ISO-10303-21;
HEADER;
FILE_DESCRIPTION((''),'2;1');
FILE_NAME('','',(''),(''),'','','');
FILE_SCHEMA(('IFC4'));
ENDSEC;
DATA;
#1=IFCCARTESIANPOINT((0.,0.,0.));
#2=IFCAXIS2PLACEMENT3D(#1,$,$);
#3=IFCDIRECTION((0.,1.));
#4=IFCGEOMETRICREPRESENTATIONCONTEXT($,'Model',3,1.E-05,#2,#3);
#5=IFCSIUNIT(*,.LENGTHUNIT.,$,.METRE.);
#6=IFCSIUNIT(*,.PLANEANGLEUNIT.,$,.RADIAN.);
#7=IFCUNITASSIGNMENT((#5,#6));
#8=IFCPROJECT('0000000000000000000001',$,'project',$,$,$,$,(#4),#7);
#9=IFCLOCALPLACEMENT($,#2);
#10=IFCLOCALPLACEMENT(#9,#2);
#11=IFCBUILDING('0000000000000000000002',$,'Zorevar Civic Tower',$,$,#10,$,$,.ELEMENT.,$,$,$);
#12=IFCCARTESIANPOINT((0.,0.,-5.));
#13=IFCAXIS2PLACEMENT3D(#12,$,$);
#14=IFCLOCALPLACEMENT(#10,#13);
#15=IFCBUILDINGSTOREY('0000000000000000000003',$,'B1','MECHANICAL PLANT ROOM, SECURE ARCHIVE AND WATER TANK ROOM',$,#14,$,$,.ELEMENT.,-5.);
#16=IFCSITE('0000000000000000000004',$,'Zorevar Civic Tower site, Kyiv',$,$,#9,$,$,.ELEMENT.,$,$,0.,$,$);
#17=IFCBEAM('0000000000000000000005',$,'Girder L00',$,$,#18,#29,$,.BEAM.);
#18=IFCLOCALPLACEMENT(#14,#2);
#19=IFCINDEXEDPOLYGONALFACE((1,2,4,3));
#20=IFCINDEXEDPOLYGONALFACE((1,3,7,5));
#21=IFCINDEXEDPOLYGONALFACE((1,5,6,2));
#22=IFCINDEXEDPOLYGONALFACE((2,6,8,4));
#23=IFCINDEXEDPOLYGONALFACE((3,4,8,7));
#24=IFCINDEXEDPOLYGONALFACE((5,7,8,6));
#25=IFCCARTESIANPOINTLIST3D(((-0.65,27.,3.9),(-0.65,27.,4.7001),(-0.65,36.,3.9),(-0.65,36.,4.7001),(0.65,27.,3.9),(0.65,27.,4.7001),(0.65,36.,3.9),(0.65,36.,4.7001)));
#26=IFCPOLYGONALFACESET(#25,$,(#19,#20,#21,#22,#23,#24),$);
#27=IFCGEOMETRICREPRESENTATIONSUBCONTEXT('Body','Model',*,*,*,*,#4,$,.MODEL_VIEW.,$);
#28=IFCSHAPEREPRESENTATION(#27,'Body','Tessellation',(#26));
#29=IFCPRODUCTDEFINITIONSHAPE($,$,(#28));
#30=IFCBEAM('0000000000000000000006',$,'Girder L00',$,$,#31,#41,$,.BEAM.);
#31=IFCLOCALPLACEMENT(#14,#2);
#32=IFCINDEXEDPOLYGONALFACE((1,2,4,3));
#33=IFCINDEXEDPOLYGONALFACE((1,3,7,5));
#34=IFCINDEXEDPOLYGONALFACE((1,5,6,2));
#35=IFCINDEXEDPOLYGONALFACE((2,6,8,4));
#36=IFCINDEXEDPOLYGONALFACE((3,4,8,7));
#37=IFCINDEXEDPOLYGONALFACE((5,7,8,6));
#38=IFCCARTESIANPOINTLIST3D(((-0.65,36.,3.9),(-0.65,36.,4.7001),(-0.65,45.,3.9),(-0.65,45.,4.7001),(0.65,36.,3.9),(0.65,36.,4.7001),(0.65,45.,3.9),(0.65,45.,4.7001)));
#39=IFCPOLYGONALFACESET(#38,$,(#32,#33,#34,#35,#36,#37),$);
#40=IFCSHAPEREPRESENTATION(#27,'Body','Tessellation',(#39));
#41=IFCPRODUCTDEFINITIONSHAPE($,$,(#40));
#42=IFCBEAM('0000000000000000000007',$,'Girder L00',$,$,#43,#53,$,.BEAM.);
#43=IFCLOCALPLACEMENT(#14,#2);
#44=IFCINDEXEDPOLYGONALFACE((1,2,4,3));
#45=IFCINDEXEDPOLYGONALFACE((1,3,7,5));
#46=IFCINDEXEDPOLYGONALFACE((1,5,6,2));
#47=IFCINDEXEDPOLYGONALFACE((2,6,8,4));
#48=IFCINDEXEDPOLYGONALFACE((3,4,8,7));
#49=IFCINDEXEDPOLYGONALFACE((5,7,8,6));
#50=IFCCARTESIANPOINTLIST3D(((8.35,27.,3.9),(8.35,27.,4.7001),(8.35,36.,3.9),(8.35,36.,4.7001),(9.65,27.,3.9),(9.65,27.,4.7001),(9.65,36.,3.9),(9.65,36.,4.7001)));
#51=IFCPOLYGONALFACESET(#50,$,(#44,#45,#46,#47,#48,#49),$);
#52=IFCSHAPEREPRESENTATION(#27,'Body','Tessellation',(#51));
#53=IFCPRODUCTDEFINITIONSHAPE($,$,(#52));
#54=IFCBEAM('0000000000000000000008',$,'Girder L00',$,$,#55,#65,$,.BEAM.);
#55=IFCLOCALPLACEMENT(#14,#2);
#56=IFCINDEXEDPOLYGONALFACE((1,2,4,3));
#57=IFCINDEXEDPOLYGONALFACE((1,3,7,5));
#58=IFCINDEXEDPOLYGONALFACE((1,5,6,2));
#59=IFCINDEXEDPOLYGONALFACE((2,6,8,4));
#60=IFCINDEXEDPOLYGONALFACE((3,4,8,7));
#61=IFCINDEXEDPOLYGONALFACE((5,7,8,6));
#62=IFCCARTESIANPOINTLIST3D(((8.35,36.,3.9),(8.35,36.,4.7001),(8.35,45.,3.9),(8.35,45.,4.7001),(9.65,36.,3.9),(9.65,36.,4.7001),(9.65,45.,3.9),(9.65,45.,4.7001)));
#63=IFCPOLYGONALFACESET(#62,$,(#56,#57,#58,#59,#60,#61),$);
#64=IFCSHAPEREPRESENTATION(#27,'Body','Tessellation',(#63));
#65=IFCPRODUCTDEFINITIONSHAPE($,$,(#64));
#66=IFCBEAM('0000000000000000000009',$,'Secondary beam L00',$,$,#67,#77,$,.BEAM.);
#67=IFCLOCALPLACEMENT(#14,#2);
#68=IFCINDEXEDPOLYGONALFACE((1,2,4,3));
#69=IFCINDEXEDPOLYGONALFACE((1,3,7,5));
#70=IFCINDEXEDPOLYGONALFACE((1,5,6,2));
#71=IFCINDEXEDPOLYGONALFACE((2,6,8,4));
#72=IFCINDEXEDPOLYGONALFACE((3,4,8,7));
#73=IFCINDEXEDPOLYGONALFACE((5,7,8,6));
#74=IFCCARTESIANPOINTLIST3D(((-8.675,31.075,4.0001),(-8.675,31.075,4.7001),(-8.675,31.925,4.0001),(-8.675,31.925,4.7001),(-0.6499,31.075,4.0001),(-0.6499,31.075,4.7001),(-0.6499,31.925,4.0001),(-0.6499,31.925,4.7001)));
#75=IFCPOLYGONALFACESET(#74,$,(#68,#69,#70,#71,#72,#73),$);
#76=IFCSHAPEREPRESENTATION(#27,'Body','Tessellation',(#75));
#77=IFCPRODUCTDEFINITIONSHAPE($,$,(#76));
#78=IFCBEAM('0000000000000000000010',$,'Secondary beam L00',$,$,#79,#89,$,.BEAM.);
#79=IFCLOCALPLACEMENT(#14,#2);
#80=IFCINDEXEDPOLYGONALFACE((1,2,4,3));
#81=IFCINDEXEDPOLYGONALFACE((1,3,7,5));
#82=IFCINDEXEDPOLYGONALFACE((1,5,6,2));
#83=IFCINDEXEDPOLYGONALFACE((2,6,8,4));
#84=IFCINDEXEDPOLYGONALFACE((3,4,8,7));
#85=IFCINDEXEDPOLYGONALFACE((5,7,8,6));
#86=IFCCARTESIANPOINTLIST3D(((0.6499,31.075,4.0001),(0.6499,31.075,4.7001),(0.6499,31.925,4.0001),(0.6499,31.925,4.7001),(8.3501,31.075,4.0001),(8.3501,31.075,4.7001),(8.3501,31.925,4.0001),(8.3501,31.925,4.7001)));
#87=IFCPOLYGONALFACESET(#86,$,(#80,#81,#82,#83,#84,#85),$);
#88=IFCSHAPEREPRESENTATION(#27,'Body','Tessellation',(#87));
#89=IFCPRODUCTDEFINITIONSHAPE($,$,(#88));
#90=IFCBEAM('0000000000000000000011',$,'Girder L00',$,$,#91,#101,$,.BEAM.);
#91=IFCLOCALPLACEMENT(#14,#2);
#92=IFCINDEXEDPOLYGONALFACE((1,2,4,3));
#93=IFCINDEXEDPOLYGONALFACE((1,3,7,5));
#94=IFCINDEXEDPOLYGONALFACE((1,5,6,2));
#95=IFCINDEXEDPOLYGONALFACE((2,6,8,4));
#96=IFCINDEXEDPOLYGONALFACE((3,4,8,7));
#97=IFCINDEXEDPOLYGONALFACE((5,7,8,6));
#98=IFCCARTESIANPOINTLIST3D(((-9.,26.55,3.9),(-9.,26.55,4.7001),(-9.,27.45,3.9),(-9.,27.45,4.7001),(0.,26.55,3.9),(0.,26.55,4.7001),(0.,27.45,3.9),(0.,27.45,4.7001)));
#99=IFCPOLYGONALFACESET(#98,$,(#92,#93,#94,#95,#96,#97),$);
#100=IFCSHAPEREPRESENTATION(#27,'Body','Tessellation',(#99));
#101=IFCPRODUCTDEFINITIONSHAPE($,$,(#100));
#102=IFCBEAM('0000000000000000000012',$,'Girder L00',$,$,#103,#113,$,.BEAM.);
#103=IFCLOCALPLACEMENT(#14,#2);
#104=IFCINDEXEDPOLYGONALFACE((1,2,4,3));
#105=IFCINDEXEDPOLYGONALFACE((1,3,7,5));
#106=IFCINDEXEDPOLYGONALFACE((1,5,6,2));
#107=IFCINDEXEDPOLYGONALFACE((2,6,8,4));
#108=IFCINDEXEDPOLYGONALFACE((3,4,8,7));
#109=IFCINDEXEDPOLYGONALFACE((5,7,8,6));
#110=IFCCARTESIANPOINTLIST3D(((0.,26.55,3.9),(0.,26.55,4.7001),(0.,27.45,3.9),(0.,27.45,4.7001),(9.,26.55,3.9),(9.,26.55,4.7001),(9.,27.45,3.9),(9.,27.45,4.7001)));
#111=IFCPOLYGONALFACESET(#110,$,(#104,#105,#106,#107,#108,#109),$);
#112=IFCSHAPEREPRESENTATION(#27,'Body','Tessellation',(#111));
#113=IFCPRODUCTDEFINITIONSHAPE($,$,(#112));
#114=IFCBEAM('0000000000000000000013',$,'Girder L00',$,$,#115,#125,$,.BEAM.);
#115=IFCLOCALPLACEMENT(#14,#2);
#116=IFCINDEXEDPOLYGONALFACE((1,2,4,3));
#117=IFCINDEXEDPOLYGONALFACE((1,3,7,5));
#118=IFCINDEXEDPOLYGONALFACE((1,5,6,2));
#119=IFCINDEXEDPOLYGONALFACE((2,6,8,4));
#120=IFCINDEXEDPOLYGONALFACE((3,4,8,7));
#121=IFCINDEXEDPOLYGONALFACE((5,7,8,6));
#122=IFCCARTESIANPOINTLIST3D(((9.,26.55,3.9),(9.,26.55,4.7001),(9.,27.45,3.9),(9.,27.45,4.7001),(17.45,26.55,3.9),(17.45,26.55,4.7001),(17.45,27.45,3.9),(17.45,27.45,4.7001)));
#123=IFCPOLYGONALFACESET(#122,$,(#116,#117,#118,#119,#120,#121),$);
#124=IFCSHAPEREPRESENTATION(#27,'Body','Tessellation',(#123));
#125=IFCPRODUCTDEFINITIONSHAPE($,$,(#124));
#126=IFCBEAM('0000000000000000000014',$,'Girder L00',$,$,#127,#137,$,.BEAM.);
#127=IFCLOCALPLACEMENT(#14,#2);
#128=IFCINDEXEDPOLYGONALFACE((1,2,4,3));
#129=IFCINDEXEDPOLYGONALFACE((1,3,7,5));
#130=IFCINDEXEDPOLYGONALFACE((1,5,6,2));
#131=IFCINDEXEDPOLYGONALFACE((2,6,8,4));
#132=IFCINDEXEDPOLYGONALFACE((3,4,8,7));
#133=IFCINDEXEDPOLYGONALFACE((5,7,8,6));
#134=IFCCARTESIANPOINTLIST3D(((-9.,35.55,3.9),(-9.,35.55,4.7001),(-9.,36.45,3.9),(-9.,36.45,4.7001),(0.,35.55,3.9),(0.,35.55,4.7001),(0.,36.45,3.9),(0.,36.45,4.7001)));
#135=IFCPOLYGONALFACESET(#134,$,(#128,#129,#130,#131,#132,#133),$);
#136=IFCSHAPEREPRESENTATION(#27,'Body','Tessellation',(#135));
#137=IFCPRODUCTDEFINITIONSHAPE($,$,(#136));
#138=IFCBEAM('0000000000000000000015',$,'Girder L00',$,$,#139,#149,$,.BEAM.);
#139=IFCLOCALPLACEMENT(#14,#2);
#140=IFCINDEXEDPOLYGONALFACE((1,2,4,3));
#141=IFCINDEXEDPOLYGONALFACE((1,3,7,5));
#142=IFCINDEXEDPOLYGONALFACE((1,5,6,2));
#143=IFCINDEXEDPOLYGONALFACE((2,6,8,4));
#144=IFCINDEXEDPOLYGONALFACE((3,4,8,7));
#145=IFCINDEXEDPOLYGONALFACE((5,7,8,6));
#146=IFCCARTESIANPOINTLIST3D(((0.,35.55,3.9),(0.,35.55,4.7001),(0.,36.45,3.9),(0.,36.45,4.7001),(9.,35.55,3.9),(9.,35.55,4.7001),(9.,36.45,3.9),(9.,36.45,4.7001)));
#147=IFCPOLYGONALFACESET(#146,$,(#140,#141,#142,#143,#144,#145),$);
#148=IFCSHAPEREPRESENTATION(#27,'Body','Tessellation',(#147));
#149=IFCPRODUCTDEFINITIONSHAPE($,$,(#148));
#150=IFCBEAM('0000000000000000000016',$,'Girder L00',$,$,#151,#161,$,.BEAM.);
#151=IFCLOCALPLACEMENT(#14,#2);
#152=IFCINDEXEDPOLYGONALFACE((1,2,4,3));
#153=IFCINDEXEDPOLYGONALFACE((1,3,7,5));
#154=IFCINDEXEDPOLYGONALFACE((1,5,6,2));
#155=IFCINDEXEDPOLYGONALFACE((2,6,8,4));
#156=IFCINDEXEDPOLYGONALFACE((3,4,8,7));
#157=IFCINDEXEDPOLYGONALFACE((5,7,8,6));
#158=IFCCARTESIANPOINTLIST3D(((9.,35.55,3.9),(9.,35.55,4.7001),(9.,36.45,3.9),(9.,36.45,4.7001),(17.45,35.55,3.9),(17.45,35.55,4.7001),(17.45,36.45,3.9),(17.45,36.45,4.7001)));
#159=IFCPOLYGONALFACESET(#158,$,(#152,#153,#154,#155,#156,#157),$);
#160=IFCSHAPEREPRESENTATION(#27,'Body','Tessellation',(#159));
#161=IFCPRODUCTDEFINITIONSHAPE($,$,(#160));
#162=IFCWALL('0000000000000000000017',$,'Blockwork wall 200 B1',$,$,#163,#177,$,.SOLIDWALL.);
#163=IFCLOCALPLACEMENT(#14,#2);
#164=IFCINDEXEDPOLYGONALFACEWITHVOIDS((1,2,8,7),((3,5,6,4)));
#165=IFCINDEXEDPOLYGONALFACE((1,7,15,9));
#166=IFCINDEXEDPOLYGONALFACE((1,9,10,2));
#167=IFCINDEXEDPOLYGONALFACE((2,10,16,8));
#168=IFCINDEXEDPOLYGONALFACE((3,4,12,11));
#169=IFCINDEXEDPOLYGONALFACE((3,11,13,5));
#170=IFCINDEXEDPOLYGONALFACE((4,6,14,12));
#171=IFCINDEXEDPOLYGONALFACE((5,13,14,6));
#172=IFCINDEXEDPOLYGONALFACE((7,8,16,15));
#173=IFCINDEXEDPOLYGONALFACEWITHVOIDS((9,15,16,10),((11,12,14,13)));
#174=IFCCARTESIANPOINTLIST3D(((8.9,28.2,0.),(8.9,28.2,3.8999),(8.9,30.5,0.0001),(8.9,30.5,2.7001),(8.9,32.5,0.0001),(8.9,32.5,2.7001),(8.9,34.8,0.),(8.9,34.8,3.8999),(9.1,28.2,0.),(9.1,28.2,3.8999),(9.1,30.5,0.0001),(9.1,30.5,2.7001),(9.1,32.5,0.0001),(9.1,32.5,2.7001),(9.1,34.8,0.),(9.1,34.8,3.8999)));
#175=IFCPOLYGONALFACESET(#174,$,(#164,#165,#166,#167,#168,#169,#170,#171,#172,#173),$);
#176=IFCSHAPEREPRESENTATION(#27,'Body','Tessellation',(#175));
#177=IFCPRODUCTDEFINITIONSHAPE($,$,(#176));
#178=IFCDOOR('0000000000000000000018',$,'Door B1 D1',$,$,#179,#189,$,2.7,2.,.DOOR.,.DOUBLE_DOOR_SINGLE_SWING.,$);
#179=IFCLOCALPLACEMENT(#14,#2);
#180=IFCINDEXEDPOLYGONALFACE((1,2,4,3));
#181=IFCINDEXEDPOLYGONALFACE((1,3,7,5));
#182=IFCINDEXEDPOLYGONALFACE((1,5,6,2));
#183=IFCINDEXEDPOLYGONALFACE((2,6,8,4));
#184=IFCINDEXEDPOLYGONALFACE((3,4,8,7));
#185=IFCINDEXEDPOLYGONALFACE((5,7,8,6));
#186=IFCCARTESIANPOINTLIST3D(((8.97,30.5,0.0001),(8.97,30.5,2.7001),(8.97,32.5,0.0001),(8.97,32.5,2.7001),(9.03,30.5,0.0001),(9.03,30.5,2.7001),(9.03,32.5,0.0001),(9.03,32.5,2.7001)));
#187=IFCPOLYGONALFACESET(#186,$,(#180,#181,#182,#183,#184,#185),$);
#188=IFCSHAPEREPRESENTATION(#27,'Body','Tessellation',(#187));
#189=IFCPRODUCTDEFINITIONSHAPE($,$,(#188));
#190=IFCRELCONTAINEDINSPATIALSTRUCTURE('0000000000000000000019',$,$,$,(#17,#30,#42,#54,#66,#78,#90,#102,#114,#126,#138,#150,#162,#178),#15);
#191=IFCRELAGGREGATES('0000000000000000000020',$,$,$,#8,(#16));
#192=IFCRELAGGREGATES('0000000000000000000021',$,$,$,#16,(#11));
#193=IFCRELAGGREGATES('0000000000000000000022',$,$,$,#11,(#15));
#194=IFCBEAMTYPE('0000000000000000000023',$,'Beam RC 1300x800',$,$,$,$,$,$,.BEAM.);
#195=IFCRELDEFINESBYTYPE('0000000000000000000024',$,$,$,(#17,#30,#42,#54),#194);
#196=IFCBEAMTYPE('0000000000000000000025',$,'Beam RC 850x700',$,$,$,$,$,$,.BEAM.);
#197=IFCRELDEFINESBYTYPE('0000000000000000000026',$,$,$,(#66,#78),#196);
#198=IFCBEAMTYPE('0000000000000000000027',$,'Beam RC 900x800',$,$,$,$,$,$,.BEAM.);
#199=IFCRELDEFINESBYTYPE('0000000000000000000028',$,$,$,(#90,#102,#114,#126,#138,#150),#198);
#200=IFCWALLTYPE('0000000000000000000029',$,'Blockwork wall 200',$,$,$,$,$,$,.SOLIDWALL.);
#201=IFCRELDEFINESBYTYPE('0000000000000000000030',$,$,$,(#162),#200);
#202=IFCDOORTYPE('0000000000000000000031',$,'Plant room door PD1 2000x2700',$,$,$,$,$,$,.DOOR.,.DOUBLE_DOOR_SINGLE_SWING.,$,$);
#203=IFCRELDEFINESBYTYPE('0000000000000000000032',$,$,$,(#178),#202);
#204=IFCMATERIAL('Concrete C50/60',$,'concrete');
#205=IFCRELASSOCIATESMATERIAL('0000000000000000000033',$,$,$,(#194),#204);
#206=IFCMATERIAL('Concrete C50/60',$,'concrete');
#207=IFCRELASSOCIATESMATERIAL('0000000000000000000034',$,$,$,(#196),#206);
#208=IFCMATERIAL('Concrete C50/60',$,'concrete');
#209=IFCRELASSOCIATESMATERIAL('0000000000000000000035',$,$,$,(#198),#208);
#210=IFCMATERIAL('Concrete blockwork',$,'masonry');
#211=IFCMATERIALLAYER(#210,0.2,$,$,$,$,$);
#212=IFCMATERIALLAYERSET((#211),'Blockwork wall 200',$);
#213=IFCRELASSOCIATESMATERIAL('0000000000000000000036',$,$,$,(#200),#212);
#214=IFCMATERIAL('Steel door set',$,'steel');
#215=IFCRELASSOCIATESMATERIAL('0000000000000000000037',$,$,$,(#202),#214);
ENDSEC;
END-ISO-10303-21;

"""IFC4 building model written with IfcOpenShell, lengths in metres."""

from ifc_helpers import new_model, si_unit, direction, frame, frame_2d, origin, origin_2d, place, context, subcontext, project, spatial, rectangle, extrude, material, layer, layer_set, material_profile, profile_set, type_object, element, fill, save


model = new_model("IFC4")

# Units and contexts
model_context = context("Model", 3, precision=1e-05, world=origin(), true_north=direction((0.0, 1.0)))
body_context = subcontext(model_context, "Body", "Model", "MODEL_VIEW")
ifc_project = project(units=[si_unit("LENGTHUNIT", "METRE"), si_unit("PLANEANGLEUNIT", "RADIAN")], contexts=[model_context])

# Site, building, storey
site_placement = place(None, origin())
site = spatial("IfcSite", under=ifc_project, at=site_placement, Name="Zorevar Civic Tower site, Kyiv", CompositionType="ELEMENT", RefElevation=0.0)
building_placement = place(site_placement, origin())
building = spatial("IfcBuilding", under=site, at=building_placement, Name="Zorevar Civic Tower", CompositionType="ELEMENT")
storey_placement = place(building_placement, frame((0.0, 0.0, -5.0)))
storey = spatial("IfcBuildingStorey", under=building, at=storey_placement, Name="B1", Description="MECHANICAL PLANT ROOM, SECURE ARCHIVE AND WATER TANK ROOM", CompositionType="ELEMENT", Elevation=-5.0)

# Beams
ifc_material_1 = material(Name="Concrete C50/60", Category="concrete")
ifc_material_profile_1 = material_profile(ifc_material_1, rectangle(XDim=1.3, YDim=0.8, at=origin_2d()), Name="RC 1300x800")
ifc_profile_set_1 = profile_set([ifc_material_profile_1], Name="Concrete C50/60")
beam_type_1 = type_object("IfcBeamType", Name="Beam RC 1300x800", PredefinedType="BEAM", material=ifc_profile_set_1)
for number, where, z_axis, x_axis, name in (
    (1, (0.0, 27.0, 4.3), (0.0, 1.0, 0.0), (-1.0, 0.0, 0.0), "Girder L00"),
    (2, (0.0, 36.0, 4.3), (0.0, 1.0, 0.0), (-1.0, 0.0, 0.0), "Girder L00"),
    (3, (9.0, 27.0, 4.3), (0.0, 1.0, 0.0), (-1.0, 0.0, 0.0), "Girder L00"),
    (4, (9.0, 36.0, 4.3), (0.0, 1.0, 0.0), (-1.0, 0.0, 0.0), "Girder L00"),
):
    element("IfcBeam", number, at=place(storey_placement, frame(where, z_axis=z_axis, x_axis=x_axis)), inside=storey, type_object=beam_type_1, Name=name, PredefinedType="BEAM", context=body_context, shape_type="SweptSolid", body=[
        extrude(rectangle(XDim=1.3, YDim=0.8, at=origin_2d()), origin(), (0.0, 0.0, 1.0), 9.0),
    ])
ifc_material_2 = material(Name="Concrete C50/60", Category="concrete")
ifc_material_profile_2 = material_profile(ifc_material_2, rectangle(XDim=0.8501, YDim=0.7, at=origin_2d()), Name="RC 850x700")
ifc_profile_set_2 = profile_set([ifc_material_profile_2], Name="Concrete C50/60")
beam_type_2 = type_object("IfcBeamType", Name="Beam RC 850x700", PredefinedType="BEAM", material=ifc_profile_set_2)
beam_1_placement = place(storey_placement, frame((-8.675, 31.5, 4.3501), z_axis=(1.0, 0.0, 0.0), x_axis=(0.0, 1.0, 0.0)))
element("IfcBeam", 5, at=beam_1_placement, inside=storey, type_object=beam_type_2, Name="Secondary beam L00", PredefinedType="BEAM", context=body_context, shape_type="SweptSolid", body=[
    extrude(rectangle(XDim=0.8501, YDim=0.7, at=origin_2d()), origin(), (0.0, 0.0, 1.0), 8.0251),
])
beam_2_placement = place(storey_placement, frame((0.6499, 31.5, 4.3501), z_axis=(1.0, 0.0, 0.0), x_axis=(0.0, 1.0, 0.0)))
element("IfcBeam", 6, at=beam_2_placement, inside=storey, type_object=beam_type_2, Name="Secondary beam L00", PredefinedType="BEAM", context=body_context, shape_type="SweptSolid", body=[
    extrude(rectangle(XDim=0.8501, YDim=0.7, at=origin_2d()), origin(), (0.0, 0.0, 1.0), 7.7002),
])
ifc_material_3 = material(Name="Concrete C50/60", Category="concrete")
ifc_material_profile_3 = material_profile(ifc_material_3, rectangle(XDim=0.8999, YDim=0.8, at=origin_2d()), Name="RC 900x800")
ifc_profile_set_3 = profile_set([ifc_material_profile_3], Name="Concrete C50/60")
beam_type_3 = type_object("IfcBeamType", Name="Beam RC 900x800", PredefinedType="BEAM", material=ifc_profile_set_3)
for number, where, z_axis, x_axis, name in (
    (7, (-9.0, 27.0, 4.3), (1.0, 0.0, 0.0), (0.0, 1.0, 0.0), "Girder L00"),
    (8, (0.0, 27.0, 4.3), (1.0, 0.0, 0.0), (0.0, 1.0, 0.0), "Girder L00"),
):
    element("IfcBeam", number, at=place(storey_placement, frame(where, z_axis=z_axis, x_axis=x_axis)), inside=storey, type_object=beam_type_3, Name=name, PredefinedType="BEAM", context=body_context, shape_type="SweptSolid", body=[
        extrude(rectangle(XDim=0.8999, YDim=0.8, at=origin_2d()), origin(), (0.0, 0.0, 1.0), 9.0),
    ])
beam_3_placement = place(storey_placement, frame((9.0, 27.0, 4.3), z_axis=(1.0, 0.0, 0.0), x_axis=(0.0, 1.0, 0.0)))
element("IfcBeam", 9, at=beam_3_placement, inside=storey, type_object=beam_type_3, Name="Girder L00", PredefinedType="BEAM", context=body_context, shape_type="SweptSolid", body=[
    extrude(rectangle(XDim=0.8999, YDim=0.8, at=origin_2d()), origin(), (0.0, 0.0, 1.0), 8.45),
])
for number, where, z_axis, x_axis, name in (
    (10, (-9.0, 36.0, 4.3), (1.0, 0.0, 0.0), (0.0, 1.0, 0.0), "Girder L00"),
    (11, (0.0, 36.0, 4.3), (1.0, 0.0, 0.0), (0.0, 1.0, 0.0), "Girder L00"),
):
    element("IfcBeam", number, at=place(storey_placement, frame(where, z_axis=z_axis, x_axis=x_axis)), inside=storey, type_object=beam_type_3, Name=name, PredefinedType="BEAM", context=body_context, shape_type="SweptSolid", body=[
        extrude(rectangle(XDim=0.8999, YDim=0.8, at=origin_2d()), origin(), (0.0, 0.0, 1.0), 9.0),
    ])
beam_4_placement = place(storey_placement, frame((9.0, 36.0, 4.3), z_axis=(1.0, 0.0, 0.0), x_axis=(0.0, 1.0, 0.0)))
element("IfcBeam", 12, at=beam_4_placement, inside=storey, type_object=beam_type_3, Name="Girder L00", PredefinedType="BEAM", context=body_context, shape_type="SweptSolid", body=[
    extrude(rectangle(XDim=0.8999, YDim=0.8, at=origin_2d()), origin(), (0.0, 0.0, 1.0), 8.45),
])

# Wall, opening, door
ifc_material_4 = material(Name="Concrete blockwork", Category="masonry")
ifc_layer = layer(ifc_material_4, 0.2)
ifc_layer_set = layer_set([ifc_layer], Name="Blockwork wall 200")
wall_type = type_object("IfcWallType", Name="Blockwork wall 200", PredefinedType="SOLIDWALL", material=ifc_layer_set)
wall_placement = place(storey_placement, frame((9.0, 28.2, 0.0), z_axis=(0.0, 0.0, 1.0), x_axis=(0.0, 1.0, 0.0)))
wall = element("IfcWall", 13, at=wall_placement, inside=storey, type_object=wall_type, Name="Blockwork wall 200 B1", PredefinedType="SOLIDWALL", context=body_context, shape_type="SweptSolid", body=[
    extrude(rectangle(XDim=6.6001, YDim=0.2, at=frame_2d((3.3, 0.0))), origin(), (0.0, 0.0, 1.0), 3.8999),
])
opening_placement = place(wall_placement, frame((2.3, 0.0, 0.0)))
opening = element("IfcOpeningElement", 14, at=opening_placement, cuts=wall, PredefinedType="OPENING", context=body_context, shape_type="SweptSolid", body=[
    extrude(rectangle(XDim=2.0, YDim=2.7, at=frame_2d((1.0, 1.3501))), frame((0.0, 0.1099, 0.0), z_axis=(0.0, -1.0, 0.0), x_axis=(1.0, 0.0, 0.0)), (0.0, 0.0, 1.0), 0.22),
])
ifc_material_5 = material(Name="Steel door set", Category="steel")
door_type = type_object("IfcDoorType", Name="Plant room door PD1 2000x2700", OperationType="DOUBLE_DOOR_SINGLE_SWING", PredefinedType="DOOR", material=ifc_material_5)
door_placement = place(opening_placement, origin())
door = element("IfcDoor", 15, at=door_placement, inside=storey, type_object=door_type, Name="Door B1 D1", OperationType="DOUBLE_DOOR_SINGLE_SWING", OverallHeight=2.7, OverallWidth=2.0, PredefinedType="DOOR", context=body_context, shape_type="SweptSolid", body=[
    extrude(rectangle(XDim=2.0, YDim=2.7, at=frame_2d((1.0, 1.3501))), frame((0.0, 0.03, 0.0), z_axis=(0.0, -1.0, 0.0), x_axis=(1.0, 0.0, 0.0)), (0.0, 0.0, 1.0), 0.0601),
])
fill(opening, door)

save(model, "model.ifc")
